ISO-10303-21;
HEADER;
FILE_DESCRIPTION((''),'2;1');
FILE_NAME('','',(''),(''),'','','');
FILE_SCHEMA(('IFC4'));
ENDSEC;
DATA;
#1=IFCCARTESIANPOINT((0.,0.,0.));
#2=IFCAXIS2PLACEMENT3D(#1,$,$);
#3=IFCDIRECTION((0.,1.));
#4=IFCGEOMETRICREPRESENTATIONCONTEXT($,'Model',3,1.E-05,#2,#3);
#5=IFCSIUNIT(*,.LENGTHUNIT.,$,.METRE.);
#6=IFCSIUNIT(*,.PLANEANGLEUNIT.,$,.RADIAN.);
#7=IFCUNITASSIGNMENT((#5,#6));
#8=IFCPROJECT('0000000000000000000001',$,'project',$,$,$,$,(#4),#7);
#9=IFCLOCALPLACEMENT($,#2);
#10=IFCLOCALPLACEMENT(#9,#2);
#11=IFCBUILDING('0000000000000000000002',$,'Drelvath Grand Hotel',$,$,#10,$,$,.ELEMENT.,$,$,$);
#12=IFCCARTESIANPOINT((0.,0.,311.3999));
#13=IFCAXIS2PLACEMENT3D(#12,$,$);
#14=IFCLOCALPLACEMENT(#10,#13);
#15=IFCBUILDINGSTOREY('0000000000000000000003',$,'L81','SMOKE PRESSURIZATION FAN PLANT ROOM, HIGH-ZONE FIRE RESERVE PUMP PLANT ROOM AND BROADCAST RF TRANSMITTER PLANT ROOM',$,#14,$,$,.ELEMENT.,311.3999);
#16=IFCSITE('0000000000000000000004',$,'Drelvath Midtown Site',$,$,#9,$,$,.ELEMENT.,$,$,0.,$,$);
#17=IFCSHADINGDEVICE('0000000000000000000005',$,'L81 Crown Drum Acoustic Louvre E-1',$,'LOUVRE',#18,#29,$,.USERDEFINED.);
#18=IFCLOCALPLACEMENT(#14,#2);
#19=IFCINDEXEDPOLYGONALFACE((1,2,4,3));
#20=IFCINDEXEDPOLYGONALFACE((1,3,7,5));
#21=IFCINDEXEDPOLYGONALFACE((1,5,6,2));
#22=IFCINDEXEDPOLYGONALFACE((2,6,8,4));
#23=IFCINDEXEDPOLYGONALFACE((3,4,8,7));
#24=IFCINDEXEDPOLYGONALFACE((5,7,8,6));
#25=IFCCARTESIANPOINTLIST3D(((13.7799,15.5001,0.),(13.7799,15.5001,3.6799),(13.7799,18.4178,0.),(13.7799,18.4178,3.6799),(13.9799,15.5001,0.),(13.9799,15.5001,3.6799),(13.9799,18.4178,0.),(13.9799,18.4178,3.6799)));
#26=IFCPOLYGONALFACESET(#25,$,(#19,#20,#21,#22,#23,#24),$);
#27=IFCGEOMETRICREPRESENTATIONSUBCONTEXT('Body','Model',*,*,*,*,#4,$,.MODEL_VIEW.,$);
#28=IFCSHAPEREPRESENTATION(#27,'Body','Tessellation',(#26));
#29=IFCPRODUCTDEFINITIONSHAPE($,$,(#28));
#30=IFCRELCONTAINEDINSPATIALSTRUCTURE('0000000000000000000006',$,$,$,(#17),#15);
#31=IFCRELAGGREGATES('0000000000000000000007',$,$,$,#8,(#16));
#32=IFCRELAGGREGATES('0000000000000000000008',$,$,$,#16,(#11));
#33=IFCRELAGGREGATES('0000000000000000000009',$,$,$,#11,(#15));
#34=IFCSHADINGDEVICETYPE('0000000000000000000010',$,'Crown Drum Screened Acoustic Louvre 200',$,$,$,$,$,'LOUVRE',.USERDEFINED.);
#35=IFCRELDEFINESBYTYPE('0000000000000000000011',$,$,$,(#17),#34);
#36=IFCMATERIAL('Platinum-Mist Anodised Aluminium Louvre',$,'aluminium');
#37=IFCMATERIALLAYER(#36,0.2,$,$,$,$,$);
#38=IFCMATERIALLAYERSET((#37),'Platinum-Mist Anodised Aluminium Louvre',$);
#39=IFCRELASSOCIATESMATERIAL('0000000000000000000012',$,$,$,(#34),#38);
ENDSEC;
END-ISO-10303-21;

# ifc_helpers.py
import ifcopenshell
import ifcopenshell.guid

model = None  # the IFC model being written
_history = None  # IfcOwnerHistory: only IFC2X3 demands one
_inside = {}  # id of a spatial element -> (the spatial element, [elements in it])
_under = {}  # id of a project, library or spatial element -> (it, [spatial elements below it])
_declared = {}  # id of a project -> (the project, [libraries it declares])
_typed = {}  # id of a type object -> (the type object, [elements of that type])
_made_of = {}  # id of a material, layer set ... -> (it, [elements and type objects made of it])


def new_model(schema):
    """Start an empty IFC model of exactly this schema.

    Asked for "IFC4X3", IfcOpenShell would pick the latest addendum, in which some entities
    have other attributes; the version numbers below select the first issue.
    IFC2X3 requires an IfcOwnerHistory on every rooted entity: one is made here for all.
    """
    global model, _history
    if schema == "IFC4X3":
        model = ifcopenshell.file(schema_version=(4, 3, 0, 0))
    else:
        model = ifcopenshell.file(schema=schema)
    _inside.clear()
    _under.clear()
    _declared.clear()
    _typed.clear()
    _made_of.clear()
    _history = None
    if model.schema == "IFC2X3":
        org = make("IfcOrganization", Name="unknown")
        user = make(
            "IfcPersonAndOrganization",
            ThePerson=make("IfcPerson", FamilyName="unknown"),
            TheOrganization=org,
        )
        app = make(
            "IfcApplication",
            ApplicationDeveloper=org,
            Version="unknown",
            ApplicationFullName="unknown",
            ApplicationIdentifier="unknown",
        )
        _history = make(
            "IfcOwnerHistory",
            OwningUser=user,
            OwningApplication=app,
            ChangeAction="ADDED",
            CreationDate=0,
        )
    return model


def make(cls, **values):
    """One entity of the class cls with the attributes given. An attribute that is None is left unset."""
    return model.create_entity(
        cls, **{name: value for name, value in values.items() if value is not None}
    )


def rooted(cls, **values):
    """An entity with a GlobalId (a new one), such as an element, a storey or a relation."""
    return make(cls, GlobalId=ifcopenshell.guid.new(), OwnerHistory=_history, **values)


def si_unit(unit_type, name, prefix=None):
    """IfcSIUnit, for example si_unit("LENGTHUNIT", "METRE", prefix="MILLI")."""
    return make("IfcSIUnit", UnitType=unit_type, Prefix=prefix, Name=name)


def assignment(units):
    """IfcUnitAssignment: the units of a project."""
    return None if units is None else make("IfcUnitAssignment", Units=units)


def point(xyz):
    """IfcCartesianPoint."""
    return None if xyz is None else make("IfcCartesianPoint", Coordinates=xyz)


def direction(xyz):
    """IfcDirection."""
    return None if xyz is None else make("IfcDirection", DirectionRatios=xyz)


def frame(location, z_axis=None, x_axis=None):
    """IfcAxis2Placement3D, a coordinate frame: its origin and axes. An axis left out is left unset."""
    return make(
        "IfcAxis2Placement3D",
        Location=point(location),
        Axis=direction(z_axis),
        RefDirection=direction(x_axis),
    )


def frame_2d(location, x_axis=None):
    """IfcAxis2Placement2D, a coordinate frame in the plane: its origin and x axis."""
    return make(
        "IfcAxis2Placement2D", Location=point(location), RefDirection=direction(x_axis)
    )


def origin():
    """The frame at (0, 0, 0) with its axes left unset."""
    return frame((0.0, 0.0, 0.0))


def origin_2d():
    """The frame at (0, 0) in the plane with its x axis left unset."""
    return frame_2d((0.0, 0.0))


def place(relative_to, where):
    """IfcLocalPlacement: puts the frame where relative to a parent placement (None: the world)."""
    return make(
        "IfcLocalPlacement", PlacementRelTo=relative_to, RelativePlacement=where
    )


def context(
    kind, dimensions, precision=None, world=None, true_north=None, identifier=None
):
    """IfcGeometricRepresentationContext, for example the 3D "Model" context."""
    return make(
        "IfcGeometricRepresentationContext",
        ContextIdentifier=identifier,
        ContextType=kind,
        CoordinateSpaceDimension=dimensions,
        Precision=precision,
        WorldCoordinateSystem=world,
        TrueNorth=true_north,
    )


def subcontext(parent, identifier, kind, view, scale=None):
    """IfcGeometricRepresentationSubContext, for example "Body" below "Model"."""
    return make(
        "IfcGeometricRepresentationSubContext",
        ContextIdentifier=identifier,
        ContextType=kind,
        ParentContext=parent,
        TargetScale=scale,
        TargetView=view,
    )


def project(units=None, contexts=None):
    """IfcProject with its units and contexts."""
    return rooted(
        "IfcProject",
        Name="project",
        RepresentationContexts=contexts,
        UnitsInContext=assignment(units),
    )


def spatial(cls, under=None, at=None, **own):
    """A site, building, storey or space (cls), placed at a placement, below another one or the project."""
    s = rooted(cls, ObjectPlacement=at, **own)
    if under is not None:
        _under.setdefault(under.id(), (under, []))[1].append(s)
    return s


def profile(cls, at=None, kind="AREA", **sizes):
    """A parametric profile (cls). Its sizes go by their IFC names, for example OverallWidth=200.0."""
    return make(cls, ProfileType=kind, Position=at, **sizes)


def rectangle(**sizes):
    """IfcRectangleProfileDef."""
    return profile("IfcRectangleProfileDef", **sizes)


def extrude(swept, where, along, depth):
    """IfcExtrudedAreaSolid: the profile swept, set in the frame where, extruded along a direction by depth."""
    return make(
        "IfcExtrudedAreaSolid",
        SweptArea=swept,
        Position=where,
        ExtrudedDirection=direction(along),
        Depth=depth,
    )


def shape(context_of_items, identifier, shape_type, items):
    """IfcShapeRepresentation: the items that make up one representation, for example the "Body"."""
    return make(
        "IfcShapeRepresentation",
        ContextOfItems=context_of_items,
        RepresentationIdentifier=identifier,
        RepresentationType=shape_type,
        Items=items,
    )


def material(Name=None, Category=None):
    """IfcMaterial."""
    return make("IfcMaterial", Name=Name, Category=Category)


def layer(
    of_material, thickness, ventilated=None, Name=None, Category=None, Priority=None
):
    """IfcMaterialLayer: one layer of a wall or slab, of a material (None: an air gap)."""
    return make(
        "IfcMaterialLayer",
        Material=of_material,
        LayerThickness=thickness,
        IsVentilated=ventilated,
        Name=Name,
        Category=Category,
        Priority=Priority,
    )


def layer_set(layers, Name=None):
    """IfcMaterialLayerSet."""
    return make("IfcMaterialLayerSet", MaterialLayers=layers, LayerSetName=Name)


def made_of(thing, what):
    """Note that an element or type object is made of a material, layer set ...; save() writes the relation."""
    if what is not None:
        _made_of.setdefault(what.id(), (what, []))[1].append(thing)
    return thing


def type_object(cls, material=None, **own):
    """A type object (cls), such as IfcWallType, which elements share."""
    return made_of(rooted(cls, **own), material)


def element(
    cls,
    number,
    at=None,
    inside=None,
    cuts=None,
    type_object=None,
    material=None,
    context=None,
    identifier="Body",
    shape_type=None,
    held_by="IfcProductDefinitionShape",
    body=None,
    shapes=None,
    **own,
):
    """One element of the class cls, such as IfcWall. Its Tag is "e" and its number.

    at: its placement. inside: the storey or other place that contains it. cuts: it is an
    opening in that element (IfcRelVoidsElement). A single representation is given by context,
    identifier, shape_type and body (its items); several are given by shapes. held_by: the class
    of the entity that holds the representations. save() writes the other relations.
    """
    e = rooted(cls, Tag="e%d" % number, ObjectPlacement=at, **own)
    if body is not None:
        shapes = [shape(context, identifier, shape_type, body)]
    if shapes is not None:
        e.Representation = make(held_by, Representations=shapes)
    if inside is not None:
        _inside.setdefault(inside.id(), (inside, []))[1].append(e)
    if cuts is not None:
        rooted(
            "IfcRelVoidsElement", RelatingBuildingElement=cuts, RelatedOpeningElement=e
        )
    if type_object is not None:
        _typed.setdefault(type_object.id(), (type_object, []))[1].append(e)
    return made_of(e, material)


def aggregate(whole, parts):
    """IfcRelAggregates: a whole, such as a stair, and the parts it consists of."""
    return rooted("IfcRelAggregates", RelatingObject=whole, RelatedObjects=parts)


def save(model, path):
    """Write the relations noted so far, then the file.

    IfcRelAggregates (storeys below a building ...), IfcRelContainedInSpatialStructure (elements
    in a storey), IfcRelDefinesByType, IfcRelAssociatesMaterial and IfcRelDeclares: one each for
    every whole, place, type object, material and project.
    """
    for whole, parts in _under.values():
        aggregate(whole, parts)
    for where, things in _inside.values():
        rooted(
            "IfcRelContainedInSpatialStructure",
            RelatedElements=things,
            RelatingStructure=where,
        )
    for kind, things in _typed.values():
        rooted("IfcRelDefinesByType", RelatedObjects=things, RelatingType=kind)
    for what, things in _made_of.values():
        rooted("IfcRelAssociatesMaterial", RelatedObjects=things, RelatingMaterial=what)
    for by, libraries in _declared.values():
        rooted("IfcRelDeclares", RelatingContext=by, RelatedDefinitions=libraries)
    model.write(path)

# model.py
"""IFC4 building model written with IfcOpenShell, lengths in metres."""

from ifc_helpers import new_model, si_unit, direction, frame, origin, origin_2d, place, context, subcontext, project, spatial, rectangle, extrude, material, layer, layer_set, type_object, element, save


model = new_model("IFC4")

# Units and contexts
model_context = context("Model", 3, precision=1e-05, world=origin(), true_north=direction((0.0, 1.0)))
body_context = subcontext(model_context, "Body", "Model", "MODEL_VIEW")
ifc_project = project(units=[si_unit("LENGTHUNIT", "METRE"), si_unit("PLANEANGLEUNIT", "RADIAN")], contexts=[model_context])

# Site, building, storey
site_placement = place(None, origin())
site = spatial("IfcSite", under=ifc_project, at=site_placement, Name="Drelvath Midtown Site", CompositionType="ELEMENT", RefElevation=0.0)
building_placement = place(site_placement, origin())
building = spatial("IfcBuilding", under=site, at=building_placement, Name="Drelvath Grand Hotel", CompositionType="ELEMENT")
storey_placement = place(building_placement, frame((0.0, 0.0, 311.3999)))
storey = spatial("IfcBuildingStorey", under=building, at=storey_placement, Name="L81", Description="SMOKE PRESSURIZATION FAN PLANT ROOM, HIGH-ZONE FIRE RESERVE PUMP PLANT ROOM AND BROADCAST RF TRANSMITTER PLANT ROOM", CompositionType="ELEMENT", Elevation=311.3999)

# Shading device
ifc_material_1 = material(Name="Platinum-Mist Anodised Aluminium Louvre", Category="aluminium")
ifc_layer_1 = layer(ifc_material_1, 0.2)
ifc_layer_set_1 = layer_set([ifc_layer_1], Name="Platinum-Mist Anodised Aluminium Louvre")
shading_device_type = type_object("IfcShadingDeviceType", Name="Crown Drum Screened Acoustic Louvre 200", ElementType="LOUVRE", PredefinedType="USERDEFINED", material=ifc_layer_set_1)
shading_device_placement = place(storey_placement, frame((13.8799, 16.959, 0.0), z_axis=(0.0, 0.0, 1.0), x_axis=(0.0, 1.0, 0.0)))
element("IfcShadingDevice", 1, at=shading_device_placement, inside=storey, type_object=shading_device_type, Name="L81 Crown Drum Acoustic Louvre E-1", ObjectType="LOUVRE", PredefinedType="USERDEFINED", context=body_context, shape_type="SweptSolid", body=[
    extrude(rectangle(XDim=2.9177, YDim=0.2, at=origin_2d()), origin(), (0.0, 0.0, 1.0), 3.6799),
])

save(model, "model.ifc")
